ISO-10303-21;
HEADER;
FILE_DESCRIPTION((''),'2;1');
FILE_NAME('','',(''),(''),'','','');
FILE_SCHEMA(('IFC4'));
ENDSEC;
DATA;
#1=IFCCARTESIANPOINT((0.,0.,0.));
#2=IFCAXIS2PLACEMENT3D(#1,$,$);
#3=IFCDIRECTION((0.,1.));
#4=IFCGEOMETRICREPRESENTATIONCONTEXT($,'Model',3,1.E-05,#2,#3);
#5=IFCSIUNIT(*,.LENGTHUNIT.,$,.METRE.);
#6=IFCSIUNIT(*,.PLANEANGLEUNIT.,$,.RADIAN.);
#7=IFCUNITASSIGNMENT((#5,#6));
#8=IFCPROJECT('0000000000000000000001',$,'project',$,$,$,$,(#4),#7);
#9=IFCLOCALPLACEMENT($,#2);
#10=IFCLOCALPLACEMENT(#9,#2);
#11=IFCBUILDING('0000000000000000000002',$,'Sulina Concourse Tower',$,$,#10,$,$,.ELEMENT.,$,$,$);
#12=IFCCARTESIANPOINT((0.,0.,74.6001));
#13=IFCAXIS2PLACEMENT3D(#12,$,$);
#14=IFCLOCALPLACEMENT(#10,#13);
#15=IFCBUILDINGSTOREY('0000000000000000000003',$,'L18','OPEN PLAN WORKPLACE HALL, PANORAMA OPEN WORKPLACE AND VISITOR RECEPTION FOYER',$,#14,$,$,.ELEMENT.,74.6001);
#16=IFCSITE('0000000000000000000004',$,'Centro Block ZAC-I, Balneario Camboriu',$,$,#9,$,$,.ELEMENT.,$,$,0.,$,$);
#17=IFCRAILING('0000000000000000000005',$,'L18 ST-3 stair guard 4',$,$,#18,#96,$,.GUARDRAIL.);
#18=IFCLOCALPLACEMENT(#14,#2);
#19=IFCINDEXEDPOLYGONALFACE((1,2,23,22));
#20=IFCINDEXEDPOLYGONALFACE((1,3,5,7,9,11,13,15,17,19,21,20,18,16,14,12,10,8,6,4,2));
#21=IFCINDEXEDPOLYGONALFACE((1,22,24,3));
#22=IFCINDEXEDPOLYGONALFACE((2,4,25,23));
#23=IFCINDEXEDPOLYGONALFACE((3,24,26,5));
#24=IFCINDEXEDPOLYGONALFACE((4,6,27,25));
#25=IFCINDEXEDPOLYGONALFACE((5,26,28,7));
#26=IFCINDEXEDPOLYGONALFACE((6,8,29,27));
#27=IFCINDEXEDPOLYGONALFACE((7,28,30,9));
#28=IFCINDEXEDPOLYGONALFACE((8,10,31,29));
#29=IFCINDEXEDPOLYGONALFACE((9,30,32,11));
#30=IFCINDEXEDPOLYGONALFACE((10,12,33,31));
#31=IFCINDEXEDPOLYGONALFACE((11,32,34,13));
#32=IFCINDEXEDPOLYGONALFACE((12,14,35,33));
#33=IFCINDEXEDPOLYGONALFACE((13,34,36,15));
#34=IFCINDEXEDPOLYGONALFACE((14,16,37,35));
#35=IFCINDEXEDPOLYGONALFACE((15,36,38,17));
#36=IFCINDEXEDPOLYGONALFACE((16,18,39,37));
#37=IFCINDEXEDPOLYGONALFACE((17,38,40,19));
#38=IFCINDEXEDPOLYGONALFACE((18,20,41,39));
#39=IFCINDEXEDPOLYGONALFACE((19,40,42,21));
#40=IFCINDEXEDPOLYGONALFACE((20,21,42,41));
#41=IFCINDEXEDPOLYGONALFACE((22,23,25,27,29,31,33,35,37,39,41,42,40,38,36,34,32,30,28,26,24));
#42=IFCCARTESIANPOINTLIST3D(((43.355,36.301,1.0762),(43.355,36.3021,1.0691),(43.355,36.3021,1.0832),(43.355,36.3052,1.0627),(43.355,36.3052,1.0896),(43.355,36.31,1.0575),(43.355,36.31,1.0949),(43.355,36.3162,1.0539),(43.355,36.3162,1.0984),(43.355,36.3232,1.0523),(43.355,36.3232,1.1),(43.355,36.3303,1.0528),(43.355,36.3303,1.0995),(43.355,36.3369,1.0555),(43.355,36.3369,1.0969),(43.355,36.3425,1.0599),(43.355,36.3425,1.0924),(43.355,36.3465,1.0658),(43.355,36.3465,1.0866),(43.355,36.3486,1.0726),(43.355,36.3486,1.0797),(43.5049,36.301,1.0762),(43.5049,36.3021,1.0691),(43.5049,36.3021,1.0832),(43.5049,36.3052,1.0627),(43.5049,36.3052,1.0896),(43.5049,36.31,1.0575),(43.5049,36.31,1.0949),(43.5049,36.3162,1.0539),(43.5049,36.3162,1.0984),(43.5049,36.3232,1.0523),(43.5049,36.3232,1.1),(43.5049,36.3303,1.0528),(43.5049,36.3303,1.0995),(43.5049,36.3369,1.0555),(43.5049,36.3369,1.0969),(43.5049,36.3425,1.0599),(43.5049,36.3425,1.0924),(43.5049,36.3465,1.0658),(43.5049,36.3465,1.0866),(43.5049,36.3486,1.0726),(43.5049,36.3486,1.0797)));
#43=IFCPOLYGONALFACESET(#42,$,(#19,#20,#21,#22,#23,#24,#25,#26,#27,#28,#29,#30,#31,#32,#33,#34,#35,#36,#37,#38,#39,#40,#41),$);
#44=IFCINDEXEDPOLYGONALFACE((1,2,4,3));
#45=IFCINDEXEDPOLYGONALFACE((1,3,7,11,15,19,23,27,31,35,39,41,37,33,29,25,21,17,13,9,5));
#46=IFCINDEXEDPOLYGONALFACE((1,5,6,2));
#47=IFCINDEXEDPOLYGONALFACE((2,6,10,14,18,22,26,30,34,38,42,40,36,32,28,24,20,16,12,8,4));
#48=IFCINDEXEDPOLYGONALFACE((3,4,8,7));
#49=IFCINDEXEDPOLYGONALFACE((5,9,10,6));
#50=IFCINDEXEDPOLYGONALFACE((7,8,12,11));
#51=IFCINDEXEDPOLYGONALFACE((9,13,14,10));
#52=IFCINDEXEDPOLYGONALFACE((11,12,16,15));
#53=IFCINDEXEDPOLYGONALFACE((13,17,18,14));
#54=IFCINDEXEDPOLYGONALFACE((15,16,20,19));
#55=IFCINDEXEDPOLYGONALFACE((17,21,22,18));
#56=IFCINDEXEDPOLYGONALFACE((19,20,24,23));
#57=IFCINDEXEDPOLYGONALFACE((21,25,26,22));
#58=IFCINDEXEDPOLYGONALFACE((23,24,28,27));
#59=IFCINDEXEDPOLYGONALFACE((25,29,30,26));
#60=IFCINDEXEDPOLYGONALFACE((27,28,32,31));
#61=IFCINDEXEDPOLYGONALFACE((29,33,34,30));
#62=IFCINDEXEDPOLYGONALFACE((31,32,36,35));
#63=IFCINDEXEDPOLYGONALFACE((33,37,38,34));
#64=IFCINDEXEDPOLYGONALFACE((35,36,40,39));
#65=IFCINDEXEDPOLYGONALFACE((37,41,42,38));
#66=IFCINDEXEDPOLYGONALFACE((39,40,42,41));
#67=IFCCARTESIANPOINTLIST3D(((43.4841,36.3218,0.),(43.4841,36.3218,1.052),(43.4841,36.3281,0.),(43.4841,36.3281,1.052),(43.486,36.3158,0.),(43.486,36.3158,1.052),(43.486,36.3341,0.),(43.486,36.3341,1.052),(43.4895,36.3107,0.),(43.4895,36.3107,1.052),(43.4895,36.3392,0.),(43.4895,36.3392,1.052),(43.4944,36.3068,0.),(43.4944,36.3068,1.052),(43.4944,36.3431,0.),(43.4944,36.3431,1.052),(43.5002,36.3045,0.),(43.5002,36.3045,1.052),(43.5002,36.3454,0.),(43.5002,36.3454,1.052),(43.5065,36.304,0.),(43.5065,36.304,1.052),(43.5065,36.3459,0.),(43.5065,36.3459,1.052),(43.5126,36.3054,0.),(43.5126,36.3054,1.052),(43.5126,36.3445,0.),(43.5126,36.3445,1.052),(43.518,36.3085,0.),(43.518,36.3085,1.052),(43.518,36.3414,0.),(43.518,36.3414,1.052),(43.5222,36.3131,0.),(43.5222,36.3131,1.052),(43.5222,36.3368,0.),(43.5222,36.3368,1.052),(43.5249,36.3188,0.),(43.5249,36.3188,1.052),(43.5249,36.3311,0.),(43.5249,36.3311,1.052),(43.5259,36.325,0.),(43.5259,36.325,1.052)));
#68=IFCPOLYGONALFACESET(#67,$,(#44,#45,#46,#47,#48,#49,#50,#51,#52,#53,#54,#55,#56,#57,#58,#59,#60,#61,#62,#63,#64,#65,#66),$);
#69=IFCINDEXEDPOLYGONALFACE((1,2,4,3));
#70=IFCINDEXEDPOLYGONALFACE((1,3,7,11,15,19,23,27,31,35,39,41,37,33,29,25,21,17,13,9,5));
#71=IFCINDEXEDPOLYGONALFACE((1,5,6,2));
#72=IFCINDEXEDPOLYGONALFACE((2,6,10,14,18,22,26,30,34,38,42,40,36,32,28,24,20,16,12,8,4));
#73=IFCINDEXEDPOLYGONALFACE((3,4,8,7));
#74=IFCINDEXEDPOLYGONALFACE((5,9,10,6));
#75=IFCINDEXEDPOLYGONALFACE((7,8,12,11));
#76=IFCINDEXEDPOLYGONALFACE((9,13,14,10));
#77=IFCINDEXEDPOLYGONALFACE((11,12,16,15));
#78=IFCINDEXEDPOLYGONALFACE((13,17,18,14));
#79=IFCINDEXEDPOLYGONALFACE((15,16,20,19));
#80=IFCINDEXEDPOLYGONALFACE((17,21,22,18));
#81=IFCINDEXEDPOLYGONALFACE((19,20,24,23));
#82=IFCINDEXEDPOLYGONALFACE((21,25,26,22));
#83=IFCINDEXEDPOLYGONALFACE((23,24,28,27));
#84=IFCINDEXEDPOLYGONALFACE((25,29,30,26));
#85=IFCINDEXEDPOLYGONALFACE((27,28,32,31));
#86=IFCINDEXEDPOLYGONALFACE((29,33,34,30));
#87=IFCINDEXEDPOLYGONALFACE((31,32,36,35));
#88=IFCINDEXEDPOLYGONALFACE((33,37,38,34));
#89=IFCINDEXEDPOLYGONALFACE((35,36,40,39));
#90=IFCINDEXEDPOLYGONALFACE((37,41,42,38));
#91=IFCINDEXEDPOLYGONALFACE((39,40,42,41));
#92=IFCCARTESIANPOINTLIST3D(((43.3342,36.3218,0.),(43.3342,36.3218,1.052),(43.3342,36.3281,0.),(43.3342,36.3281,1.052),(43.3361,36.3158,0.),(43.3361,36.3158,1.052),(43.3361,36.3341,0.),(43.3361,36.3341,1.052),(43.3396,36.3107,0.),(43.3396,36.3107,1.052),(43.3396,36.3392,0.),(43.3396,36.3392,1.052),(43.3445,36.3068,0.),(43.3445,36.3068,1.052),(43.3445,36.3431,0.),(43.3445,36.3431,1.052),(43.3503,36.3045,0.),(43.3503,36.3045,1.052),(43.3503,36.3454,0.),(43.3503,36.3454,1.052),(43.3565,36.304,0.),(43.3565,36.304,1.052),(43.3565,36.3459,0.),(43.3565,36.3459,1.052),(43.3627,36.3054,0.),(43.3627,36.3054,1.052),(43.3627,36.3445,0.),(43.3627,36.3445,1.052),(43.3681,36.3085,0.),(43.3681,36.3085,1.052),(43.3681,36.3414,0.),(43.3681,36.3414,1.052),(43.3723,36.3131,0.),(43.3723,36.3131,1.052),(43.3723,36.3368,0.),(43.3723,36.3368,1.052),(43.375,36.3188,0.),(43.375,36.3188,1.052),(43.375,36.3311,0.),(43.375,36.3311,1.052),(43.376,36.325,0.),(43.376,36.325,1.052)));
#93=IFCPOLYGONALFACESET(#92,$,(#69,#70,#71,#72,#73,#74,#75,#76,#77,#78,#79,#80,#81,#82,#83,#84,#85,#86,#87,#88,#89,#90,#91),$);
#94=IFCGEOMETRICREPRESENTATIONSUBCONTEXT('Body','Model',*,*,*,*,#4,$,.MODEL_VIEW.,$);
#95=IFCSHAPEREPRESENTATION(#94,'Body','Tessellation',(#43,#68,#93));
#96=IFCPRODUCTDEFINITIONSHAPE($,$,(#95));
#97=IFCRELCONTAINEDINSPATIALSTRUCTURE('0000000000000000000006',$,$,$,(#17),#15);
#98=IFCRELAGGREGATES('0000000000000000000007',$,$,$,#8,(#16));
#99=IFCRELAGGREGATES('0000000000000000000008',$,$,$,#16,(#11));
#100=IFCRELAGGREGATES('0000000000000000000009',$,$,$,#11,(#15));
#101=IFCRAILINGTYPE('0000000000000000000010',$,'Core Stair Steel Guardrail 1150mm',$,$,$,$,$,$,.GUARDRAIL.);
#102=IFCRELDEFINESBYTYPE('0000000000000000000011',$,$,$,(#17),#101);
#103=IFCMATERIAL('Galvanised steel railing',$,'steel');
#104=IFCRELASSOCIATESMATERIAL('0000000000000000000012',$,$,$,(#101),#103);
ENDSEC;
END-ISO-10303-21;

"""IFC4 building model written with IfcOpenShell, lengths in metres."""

from ifc_helpers import new_model, si_unit, direction, frame, origin, origin_2d, place, context, subcontext, project, spatial, circle, extrude, material, type_object, element, save


model = new_model("IFC4")

# Units and contexts
model_context = context("Model", 3, precision=1e-05, world=origin(), true_north=direction((0.0, 1.0)))
body_context = subcontext(model_context, "Body", "Model", "MODEL_VIEW")
ifc_project = project(units=[si_unit("LENGTHUNIT", "METRE"), si_unit("PLANEANGLEUNIT", "RADIAN")], contexts=[model_context])

# Site, building, storey
site_placement = place(None, origin())
site = spatial("IfcSite", under=ifc_project, at=site_placement, Name="Centro Block ZAC-I, Balneario Camboriu", CompositionType="ELEMENT", RefElevation=0.0)
building_placement = place(site_placement, origin())
building = spatial("IfcBuilding", under=site, at=building_placement, Name="Sulina Concourse Tower", CompositionType="ELEMENT")
storey_placement = place(building_placement, frame((0.0, 0.0, 74.6001)))
storey = spatial("IfcBuildingStorey", under=building, at=storey_placement, Name="L18", Description="OPEN PLAN WORKPLACE HALL, PANORAMA OPEN WORKPLACE AND VISITOR RECEPTION FOYER", CompositionType="ELEMENT", Elevation=74.6001)

# Railing
ifc_material_1 = material(Name="Galvanised steel railing", Category="steel")
railing_type_1 = type_object("IfcRailingType", Name="Core Stair Steel Guardrail 1150mm", PredefinedType="GUARDRAIL", material=ifc_material_1)
railing_1_placement = place(storey_placement, frame((43.5049, 36.325, 0.0)))
element("IfcRailing", 1, at=railing_1_placement, inside=storey, type_object=railing_type_1, Name="L18 ST-3 stair guard 4", PredefinedType="GUARDRAIL", context=body_context, shape_type="SweptSolid", body=[
    extrude(circle(Radius=0.0239, at=origin_2d()), frame((0.0, 0.0, 1.0762), z_axis=(-1.0, 0.0, 0.0), x_axis=(0.0, -1.0, 0.0)), (0.0, 0.0, 1.0), 0.1499),
    extrude(circle(Radius=0.021, at=origin_2d()), origin(), (0.0, 0.0, 1.0), 1.052),
    extrude(circle(Radius=0.021, at=origin_2d()), frame((-0.1499, 0.0, 0.0)), (0.0, 0.0, 1.0), 1.052),
])

save(model, "model.ifc")
